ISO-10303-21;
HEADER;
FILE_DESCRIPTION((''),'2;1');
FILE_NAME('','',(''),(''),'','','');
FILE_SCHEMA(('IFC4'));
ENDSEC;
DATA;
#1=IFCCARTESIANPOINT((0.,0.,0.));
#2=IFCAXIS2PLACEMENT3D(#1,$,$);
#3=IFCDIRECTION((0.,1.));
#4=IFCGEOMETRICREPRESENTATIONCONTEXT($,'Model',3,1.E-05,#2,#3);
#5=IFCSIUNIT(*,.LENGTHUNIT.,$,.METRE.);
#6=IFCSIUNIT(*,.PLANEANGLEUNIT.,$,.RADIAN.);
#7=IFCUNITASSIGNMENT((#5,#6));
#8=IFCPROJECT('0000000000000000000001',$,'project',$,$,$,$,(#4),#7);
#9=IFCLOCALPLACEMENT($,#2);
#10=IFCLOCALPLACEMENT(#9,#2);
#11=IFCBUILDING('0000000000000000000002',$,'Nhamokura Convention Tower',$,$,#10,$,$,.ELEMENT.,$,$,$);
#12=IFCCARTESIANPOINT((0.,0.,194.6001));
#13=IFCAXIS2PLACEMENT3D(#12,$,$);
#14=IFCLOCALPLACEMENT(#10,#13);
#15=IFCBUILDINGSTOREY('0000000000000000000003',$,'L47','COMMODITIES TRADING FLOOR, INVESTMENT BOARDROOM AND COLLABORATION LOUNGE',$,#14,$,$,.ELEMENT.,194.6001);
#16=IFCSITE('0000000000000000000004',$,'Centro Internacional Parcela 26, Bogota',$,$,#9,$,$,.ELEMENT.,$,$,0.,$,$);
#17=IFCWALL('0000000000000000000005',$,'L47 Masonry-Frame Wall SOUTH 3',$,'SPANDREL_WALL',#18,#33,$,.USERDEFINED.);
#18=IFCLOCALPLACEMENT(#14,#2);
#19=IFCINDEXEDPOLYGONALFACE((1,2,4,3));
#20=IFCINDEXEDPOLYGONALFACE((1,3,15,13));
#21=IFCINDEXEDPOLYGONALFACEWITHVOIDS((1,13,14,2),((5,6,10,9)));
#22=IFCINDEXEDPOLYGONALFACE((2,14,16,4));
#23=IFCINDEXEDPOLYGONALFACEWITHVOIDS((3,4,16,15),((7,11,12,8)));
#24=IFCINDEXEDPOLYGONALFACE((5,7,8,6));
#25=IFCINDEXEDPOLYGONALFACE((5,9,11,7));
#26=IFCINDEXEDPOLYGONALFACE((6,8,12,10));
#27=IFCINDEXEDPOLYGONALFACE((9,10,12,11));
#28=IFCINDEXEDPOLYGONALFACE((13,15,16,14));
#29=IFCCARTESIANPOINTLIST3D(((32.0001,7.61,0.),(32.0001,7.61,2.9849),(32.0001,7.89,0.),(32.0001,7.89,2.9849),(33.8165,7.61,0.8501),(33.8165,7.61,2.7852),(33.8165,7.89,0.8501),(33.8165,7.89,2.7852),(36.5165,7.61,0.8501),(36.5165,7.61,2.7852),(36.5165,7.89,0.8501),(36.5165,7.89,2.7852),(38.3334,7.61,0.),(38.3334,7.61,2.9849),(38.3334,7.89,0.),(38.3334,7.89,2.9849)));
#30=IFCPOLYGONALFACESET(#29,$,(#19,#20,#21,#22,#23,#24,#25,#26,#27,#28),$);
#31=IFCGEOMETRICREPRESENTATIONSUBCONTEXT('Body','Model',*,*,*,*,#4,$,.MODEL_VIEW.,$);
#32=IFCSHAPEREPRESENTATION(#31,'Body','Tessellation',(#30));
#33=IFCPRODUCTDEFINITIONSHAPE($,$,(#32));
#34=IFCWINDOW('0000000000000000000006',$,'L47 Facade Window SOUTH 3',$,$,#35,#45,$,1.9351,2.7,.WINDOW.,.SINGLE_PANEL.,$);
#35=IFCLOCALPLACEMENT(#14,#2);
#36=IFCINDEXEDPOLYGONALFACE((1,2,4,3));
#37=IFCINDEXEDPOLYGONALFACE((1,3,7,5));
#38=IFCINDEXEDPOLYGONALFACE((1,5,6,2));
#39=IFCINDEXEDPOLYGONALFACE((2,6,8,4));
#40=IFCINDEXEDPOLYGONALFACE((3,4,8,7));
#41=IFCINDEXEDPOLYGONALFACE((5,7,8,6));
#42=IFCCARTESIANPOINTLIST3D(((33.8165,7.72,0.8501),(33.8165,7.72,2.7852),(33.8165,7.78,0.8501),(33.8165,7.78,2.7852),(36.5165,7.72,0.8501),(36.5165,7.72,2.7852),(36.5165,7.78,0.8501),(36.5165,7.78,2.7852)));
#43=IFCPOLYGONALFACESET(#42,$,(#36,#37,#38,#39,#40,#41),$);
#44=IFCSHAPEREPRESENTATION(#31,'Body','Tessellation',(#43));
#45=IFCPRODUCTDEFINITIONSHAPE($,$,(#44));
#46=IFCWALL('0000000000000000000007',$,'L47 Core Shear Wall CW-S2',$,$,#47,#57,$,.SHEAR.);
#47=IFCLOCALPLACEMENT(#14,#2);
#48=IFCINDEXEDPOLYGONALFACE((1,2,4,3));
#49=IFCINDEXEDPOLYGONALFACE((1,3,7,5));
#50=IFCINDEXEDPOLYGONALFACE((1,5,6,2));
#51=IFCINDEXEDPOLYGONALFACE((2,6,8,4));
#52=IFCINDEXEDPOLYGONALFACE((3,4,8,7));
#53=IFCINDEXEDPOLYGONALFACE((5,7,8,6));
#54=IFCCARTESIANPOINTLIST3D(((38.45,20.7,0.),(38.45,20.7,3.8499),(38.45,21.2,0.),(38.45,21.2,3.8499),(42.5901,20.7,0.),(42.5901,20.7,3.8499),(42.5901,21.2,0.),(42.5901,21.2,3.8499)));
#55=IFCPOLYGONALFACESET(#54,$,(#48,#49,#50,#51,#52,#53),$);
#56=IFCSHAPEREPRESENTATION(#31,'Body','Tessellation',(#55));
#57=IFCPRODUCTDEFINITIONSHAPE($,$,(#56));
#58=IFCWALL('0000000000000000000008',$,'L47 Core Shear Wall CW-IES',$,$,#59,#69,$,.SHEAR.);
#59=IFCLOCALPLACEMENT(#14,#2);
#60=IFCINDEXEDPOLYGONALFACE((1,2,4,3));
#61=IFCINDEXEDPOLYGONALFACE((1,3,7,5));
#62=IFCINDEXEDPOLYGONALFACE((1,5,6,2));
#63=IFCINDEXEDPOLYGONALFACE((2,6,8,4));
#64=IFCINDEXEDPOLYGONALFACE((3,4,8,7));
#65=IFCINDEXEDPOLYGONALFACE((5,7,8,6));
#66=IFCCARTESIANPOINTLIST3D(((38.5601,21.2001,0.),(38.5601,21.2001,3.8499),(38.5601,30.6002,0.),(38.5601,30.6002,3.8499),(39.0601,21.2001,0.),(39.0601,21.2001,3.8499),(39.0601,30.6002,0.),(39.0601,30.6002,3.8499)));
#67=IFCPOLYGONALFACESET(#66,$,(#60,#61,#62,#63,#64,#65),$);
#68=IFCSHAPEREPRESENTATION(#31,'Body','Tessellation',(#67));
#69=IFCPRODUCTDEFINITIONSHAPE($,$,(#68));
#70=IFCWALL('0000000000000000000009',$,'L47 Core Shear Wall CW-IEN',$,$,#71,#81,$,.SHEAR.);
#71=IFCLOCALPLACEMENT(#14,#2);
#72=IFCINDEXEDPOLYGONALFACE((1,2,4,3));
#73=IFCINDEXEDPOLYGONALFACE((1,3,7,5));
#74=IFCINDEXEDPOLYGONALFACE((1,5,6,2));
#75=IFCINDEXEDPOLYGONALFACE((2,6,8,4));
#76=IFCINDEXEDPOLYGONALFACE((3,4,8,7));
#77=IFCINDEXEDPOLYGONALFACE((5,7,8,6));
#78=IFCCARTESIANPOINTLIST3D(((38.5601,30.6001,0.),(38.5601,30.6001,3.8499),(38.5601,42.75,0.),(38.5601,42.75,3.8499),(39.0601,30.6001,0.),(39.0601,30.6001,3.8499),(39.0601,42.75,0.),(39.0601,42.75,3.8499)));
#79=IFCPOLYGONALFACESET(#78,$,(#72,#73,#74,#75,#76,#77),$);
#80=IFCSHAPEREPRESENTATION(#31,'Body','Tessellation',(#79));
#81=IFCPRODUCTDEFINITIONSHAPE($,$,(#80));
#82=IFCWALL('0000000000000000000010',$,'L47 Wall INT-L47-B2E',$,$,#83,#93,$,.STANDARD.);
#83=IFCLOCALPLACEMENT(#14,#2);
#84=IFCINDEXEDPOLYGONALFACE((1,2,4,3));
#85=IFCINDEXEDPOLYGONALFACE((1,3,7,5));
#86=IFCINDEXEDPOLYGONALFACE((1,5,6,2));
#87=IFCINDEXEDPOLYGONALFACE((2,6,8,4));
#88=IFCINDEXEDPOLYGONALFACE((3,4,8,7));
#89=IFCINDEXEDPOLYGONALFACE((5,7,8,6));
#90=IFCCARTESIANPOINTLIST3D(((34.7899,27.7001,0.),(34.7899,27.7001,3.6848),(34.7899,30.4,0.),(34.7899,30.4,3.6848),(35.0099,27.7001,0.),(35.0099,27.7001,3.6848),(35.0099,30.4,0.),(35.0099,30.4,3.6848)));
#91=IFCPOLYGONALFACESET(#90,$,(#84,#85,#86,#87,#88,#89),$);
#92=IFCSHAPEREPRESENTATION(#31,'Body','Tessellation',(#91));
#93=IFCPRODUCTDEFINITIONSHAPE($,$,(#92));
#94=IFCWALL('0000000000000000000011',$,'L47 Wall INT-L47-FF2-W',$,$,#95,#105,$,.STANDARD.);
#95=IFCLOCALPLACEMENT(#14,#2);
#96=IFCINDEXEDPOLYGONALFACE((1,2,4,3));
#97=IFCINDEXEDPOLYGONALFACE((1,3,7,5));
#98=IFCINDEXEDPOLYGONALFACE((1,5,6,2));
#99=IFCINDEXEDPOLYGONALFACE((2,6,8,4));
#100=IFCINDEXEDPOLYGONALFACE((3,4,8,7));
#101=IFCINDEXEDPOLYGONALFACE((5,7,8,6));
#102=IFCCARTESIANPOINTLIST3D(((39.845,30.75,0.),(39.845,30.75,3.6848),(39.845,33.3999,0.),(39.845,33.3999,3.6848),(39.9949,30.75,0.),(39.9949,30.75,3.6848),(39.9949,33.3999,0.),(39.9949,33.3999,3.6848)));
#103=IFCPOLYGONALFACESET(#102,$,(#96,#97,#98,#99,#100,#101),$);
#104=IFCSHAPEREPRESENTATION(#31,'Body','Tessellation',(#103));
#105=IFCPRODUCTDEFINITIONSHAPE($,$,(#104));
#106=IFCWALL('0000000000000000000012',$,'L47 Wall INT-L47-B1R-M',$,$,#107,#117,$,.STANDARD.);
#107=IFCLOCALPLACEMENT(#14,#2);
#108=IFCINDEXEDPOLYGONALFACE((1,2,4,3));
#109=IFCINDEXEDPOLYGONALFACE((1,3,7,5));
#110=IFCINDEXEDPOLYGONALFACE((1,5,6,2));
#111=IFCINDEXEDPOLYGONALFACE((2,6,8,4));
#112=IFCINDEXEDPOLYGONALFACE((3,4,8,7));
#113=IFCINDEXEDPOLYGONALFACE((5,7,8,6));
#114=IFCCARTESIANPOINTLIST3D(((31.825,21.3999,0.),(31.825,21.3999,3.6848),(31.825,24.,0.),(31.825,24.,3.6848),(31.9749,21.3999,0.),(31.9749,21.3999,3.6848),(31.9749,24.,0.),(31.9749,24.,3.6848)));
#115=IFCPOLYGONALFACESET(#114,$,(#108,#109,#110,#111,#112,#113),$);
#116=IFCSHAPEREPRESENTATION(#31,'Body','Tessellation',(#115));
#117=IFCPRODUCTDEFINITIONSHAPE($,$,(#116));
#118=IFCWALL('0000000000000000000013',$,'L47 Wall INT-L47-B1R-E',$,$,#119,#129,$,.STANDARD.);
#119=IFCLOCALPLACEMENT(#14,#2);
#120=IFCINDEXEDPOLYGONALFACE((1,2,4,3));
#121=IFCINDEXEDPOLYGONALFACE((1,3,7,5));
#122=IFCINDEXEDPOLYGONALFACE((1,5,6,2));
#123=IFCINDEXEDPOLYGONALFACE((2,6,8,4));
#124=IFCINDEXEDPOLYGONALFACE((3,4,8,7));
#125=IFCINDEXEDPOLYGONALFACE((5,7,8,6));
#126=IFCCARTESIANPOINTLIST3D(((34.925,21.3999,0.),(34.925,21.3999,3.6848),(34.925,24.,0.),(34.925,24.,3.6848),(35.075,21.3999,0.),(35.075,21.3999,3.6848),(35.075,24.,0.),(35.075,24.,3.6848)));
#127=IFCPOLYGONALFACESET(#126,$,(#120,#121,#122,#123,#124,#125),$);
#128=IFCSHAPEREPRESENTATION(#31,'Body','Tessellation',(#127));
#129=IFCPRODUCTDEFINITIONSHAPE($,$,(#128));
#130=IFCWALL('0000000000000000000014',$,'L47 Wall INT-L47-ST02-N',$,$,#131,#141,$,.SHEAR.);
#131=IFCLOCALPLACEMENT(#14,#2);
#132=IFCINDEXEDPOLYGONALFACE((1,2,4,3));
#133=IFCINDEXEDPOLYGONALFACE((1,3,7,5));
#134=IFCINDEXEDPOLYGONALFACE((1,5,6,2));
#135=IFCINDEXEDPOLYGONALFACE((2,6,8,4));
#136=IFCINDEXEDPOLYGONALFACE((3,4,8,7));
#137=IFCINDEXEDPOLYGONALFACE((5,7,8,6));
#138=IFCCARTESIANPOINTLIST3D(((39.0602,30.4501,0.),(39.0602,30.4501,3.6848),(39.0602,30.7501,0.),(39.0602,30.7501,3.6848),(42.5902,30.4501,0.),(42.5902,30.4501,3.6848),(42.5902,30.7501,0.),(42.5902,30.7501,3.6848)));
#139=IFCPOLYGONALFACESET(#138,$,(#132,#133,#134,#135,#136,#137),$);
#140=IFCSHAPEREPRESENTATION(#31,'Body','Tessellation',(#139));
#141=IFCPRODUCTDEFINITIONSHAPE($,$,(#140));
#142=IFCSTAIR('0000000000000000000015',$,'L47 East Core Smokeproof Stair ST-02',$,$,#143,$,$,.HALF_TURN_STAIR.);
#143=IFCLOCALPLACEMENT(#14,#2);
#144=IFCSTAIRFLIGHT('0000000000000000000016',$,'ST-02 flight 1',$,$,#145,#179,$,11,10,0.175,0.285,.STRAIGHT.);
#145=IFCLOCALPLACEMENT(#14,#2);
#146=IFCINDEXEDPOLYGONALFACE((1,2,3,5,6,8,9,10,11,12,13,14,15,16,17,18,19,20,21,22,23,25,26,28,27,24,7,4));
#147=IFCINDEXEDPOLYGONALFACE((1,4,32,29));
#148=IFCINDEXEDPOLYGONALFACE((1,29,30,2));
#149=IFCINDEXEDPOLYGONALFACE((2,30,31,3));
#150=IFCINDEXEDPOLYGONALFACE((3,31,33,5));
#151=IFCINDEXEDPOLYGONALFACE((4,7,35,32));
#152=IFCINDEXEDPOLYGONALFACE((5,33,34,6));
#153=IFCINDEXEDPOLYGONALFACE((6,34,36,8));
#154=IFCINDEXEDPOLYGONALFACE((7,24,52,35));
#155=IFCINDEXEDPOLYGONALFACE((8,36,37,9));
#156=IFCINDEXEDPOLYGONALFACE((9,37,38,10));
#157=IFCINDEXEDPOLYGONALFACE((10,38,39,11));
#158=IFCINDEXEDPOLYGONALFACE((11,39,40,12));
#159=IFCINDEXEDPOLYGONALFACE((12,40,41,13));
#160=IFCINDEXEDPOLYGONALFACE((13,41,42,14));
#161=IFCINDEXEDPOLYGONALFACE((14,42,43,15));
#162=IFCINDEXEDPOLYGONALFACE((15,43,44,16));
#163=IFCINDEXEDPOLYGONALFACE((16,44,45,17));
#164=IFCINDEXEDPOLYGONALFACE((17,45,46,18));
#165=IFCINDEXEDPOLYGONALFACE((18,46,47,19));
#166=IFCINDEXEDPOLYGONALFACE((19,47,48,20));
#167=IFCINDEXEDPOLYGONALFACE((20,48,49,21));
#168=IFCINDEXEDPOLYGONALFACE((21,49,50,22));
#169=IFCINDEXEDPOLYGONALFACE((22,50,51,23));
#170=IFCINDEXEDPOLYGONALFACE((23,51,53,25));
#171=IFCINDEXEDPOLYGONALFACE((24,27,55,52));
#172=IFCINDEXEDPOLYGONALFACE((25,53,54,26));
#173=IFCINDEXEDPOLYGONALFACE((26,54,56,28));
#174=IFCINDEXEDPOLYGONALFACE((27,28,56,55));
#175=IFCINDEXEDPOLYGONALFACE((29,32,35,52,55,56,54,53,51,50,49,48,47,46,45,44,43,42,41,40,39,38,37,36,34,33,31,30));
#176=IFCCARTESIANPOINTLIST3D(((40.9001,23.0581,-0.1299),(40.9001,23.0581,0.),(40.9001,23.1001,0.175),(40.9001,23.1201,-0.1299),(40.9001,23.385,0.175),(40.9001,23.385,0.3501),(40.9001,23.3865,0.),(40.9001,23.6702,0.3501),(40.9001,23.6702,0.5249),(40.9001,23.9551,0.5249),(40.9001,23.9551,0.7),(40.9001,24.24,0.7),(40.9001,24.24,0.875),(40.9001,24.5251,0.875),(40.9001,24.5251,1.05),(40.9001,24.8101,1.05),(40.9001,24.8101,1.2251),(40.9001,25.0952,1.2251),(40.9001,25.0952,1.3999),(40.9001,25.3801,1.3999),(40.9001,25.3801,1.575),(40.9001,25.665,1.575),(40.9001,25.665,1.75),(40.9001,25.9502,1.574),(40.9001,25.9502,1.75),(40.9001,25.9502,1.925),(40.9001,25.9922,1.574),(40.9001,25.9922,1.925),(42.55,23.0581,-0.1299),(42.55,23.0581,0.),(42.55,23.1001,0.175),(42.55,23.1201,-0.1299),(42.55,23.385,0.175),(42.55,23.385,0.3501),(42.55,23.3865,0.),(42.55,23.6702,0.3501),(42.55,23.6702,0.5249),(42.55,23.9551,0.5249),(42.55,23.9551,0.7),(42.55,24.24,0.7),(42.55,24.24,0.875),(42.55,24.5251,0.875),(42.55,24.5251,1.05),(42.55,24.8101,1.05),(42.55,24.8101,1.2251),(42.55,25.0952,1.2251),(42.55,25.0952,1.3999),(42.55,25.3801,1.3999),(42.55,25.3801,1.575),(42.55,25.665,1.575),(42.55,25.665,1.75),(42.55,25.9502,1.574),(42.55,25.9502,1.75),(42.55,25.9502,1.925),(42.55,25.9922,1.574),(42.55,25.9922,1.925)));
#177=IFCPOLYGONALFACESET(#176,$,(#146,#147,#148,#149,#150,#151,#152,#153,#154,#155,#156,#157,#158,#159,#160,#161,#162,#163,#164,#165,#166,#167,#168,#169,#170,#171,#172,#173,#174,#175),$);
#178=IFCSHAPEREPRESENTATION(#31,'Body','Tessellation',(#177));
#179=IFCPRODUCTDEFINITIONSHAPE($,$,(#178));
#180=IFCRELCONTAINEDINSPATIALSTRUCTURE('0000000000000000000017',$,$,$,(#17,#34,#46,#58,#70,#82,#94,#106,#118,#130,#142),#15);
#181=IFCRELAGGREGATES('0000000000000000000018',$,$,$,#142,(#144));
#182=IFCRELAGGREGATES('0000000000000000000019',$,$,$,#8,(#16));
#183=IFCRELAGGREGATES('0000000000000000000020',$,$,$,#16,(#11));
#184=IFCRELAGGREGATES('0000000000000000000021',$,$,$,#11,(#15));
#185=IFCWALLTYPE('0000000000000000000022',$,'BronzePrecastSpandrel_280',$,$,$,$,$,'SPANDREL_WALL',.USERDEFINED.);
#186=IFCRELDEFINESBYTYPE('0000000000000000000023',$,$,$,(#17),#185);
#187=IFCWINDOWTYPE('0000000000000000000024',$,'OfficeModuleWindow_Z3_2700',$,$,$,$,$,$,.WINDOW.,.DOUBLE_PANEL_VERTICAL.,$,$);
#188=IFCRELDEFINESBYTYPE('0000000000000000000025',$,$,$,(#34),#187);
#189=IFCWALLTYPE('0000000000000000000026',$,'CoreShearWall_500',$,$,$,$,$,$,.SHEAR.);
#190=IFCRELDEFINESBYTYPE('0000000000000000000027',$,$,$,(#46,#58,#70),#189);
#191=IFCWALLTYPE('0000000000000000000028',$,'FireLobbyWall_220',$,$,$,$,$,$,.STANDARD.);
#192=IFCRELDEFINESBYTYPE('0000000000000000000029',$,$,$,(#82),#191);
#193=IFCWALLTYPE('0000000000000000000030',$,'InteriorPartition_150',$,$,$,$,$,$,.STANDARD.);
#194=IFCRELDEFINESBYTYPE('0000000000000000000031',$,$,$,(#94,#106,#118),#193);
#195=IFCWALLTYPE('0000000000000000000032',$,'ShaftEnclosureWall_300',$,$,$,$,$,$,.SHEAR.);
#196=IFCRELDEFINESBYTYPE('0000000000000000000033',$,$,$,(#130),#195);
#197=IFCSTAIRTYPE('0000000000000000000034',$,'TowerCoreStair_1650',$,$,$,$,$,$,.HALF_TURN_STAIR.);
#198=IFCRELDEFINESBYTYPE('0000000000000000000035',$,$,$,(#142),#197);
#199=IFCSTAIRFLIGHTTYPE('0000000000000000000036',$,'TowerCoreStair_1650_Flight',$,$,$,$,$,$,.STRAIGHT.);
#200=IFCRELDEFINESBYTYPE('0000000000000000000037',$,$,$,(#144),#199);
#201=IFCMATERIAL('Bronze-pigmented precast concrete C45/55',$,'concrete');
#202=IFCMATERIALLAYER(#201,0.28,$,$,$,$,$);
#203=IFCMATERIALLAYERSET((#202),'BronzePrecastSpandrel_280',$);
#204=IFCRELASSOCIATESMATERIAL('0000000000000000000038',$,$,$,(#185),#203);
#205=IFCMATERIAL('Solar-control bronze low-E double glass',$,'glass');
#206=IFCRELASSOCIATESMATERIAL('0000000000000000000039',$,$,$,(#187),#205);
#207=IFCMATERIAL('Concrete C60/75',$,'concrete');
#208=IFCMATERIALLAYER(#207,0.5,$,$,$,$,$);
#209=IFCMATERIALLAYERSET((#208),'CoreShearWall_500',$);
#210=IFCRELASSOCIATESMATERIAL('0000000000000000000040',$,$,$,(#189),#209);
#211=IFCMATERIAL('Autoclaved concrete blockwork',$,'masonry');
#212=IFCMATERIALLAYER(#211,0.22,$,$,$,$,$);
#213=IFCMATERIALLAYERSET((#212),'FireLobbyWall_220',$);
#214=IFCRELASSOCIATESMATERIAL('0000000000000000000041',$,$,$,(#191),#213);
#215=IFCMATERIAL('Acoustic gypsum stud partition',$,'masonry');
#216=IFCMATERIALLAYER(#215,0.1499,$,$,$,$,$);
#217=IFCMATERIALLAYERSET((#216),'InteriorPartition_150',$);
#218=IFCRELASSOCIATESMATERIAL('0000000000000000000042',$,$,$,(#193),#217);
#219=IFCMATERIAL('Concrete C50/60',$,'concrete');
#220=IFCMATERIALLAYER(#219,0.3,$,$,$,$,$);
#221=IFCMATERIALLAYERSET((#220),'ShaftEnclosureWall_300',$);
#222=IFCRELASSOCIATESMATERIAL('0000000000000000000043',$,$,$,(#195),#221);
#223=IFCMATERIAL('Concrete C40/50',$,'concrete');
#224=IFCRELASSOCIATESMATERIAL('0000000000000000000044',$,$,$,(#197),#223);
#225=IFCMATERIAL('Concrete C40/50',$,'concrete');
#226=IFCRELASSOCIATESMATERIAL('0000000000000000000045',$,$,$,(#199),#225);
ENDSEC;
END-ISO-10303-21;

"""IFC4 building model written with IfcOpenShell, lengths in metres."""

from ifc_helpers import new_model, si_unit, direction, frame, frame_2d, origin, place, context, subcontext, project, spatial, polyline, rectangle, outline, extrude, material, layer, layer_set, type_object, element, fill, aggregate, save


model = new_model("IFC4")

# Units and contexts
model_context = context("Model", 3, precision=1e-05, world=origin(), true_north=direction((0.0, 1.0)))
body_context = subcontext(model_context, "Body", "Model", "MODEL_VIEW")
ifc_project = project(units=[si_unit("LENGTHUNIT", "METRE"), si_unit("PLANEANGLEUNIT", "RADIAN")], contexts=[model_context])

# Site, building, storey
site_placement = place(None, origin())
site = spatial("IfcSite", under=ifc_project, at=site_placement, Name="Centro Internacional Parcela 26, Bogota", CompositionType="ELEMENT", RefElevation=0.0)
building_placement = place(site_placement, origin())
building = spatial("IfcBuilding", under=site, at=building_placement, Name="Nhamokura Convention Tower", CompositionType="ELEMENT")
storey_placement = place(building_placement, frame((0.0, 0.0, 194.6001)))
storey = spatial("IfcBuildingStorey", under=building, at=storey_placement, Name="L47", Description="COMMODITIES TRADING FLOOR, INVESTMENT BOARDROOM AND COLLABORATION LOUNGE", CompositionType="ELEMENT", Elevation=194.6001)

# Wall, opening, window
ifc_material_1 = material(Name="Bronze-pigmented precast concrete C45/55", Category="concrete")
ifc_layer_1 = layer(ifc_material_1, 0.28)
ifc_layer_set_1 = layer_set([ifc_layer_1], Name="BronzePrecastSpandrel_280")
wall_type_1 = type_object("IfcWallType", Name="BronzePrecastSpandrel_280", ElementType="SPANDREL_WALL", PredefinedType="USERDEFINED", material=ifc_layer_set_1)
ifc_material_2 = material(Name="Solar-control bronze low-E double glass", Category="glass")
window_type = type_object("IfcWindowType", Name="OfficeModuleWindow_Z3_2700", PartitioningType="DOUBLE_PANEL_VERTICAL", PredefinedType="WINDOW", material=ifc_material_2)
wall_1_placement = place(storey_placement, frame((38.3333, 7.75, 0.0), z_axis=(0.0, 0.0, 1.0), x_axis=(-1.0, 0.0, 0.0)))
wall_1 = element("IfcWall", 1, at=wall_1_placement, inside=storey, type_object=wall_type_1, Name="L47 Masonry-Frame Wall SOUTH 3", ObjectType="SPANDREL_WALL", PredefinedType="USERDEFINED", context=body_context, shape_type="SweptSolid", body=[
    extrude(rectangle(XDim=6.3333, YDim=0.28, at=frame_2d((3.1665, 0.0))), origin(), (0.0, 0.0, 1.0), 2.9849),
])
opening_1_placement = place(wall_1_placement, frame((1.8167, 0.0, 0.8501)))
opening_1 = element("IfcOpeningElement", 2, at=opening_1_placement, cuts=wall_1, PredefinedType="OPENING", context=body_context, shape_type="SweptSolid", body=[
    extrude(rectangle(XDim=2.7, YDim=1.9351, at=frame_2d((1.3501, 0.9675))), frame((0.0, 0.1499, 0.0), z_axis=(0.0, -1.0, 0.0), x_axis=(1.0, 0.0, 0.0)), (0.0, 0.0, 1.0), 0.3),
])
window_1_placement = place(opening_1_placement, origin())
window_1 = element("IfcWindow", 3, at=window_1_placement, inside=storey, type_object=window_type, Name="L47 Facade Window SOUTH 3", OverallHeight=1.9351, OverallWidth=2.7, PartitioningType="SINGLE_PANEL", PredefinedType="WINDOW", context=body_context, shape_type="SweptSolid", body=[
    extrude(rectangle(XDim=2.7, YDim=1.9351, at=frame_2d((1.3501, 0.9675))), frame((0.0, 0.03, 0.0), z_axis=(0.0, -1.0, 0.0), x_axis=(1.0, 0.0, 0.0)), (0.0, 0.0, 1.0), 0.0601),
])
fill(opening_1, window_1)

# Walls
ifc_material_3 = material(Name="Concrete C60/75", Category="concrete")
ifc_layer_2 = layer(ifc_material_3, 0.5)
ifc_layer_set_2 = layer_set([ifc_layer_2], Name="CoreShearWall_500")
wall_type_2 = type_object("IfcWallType", Name="CoreShearWall_500", PredefinedType="SHEAR", material=ifc_layer_set_2)
wall_2_placement = place(storey_placement, frame((38.45, 20.95, 0.0), z_axis=(0.0, 0.0, 1.0), x_axis=(1.0, 0.0, 0.0)))
element("IfcWall", 4, at=wall_2_placement, inside=storey, type_object=wall_type_2, Name="L47 Core Shear Wall CW-S2", PredefinedType="SHEAR", context=body_context, shape_type="SweptSolid", body=[
    extrude(rectangle(XDim=4.1401, YDim=0.5, at=frame_2d((2.0701, 0.0))), origin(), (0.0, 0.0, 1.0), 3.8499),
])
wall_3_placement = place(storey_placement, frame((38.8101, 21.2, 0.0), z_axis=(0.0, 0.0, 1.0), x_axis=(0.0, 1.0, 0.0)))
element("IfcWall", 5, at=wall_3_placement, inside=storey, type_object=wall_type_2, Name="L47 Core Shear Wall CW-IES", PredefinedType="SHEAR", context=body_context, shape_type="SweptSolid", body=[
    extrude(rectangle(XDim=9.4001, YDim=0.5, at=frame_2d((4.7002, 0.0))), origin(), (0.0, 0.0, 1.0), 3.8499),
])
wall_4_placement = place(storey_placement, frame((38.8101, 30.6001, 0.0), z_axis=(0.0, 0.0, 1.0), x_axis=(0.0, 1.0, 0.0)))
element("IfcWall", 6, at=wall_4_placement, inside=storey, type_object=wall_type_2, Name="L47 Core Shear Wall CW-IEN", PredefinedType="SHEAR", context=body_context, shape_type="SweptSolid", body=[
    extrude(rectangle(XDim=12.1499, YDim=0.5, at=frame_2d((6.075, 0.0))), origin(), (0.0, 0.0, 1.0), 3.8499),
])

# Shared definitions
ifc_material_4 = material(Name="Autoclaved concrete blockwork", Category="masonry")
ifc_layer_3 = layer(ifc_material_4, 0.22)
ifc_layer_set_3 = layer_set([ifc_layer_3], Name="FireLobbyWall_220")
wall_type_3 = type_object("IfcWallType", Name="FireLobbyWall_220", PredefinedType="STANDARD", material=ifc_layer_set_3)

# Walls
wall_5_placement = place(storey_placement, frame((34.8999, 27.7, 0.0), z_axis=(0.0, 0.0, 1.0), x_axis=(0.0, 1.0, 0.0)))
element("IfcWall", 7, at=wall_5_placement, inside=storey, type_object=wall_type_3, Name="L47 Wall INT-L47-B2E", PredefinedType="STANDARD", context=body_context, shape_type="SweptSolid", body=[
    extrude(rectangle(XDim=2.7, YDim=0.22, at=frame_2d((1.3501, 0.0))), origin(), (0.0, 0.0, 1.0), 3.6848),
])
ifc_material_5 = material(Name="Acoustic gypsum stud partition", Category="masonry")
ifc_layer_4 = layer(ifc_material_5, 0.1499)
ifc_layer_set_4 = layer_set([ifc_layer_4], Name="InteriorPartition_150")
wall_type_4 = type_object("IfcWallType", Name="InteriorPartition_150", PredefinedType="STANDARD", material=ifc_layer_set_4)
wall_6_placement = place(storey_placement, frame((39.9199, 30.75, 0.0), z_axis=(0.0, 0.0, 1.0), x_axis=(0.0, 1.0, 0.0)))
element("IfcWall", 8, at=wall_6_placement, inside=storey, type_object=wall_type_4, Name="L47 Wall INT-L47-FF2-W", PredefinedType="STANDARD", context=body_context, shape_type="SweptSolid", body=[
    extrude(rectangle(XDim=2.6499, YDim=0.1499, at=frame_2d((1.325, 0.0))), origin(), (0.0, 0.0, 1.0), 3.6848),
])
for number, where, z_axis, x_axis, name in (
    (9, (31.8999, 21.3999, 0.0), (0.0, 0.0, 1.0), (0.0, 1.0, 0.0), "L47 Wall INT-L47-B1R-M"),
    (10, (35.0, 21.3999, 0.0), (0.0, 0.0, 1.0), (0.0, 1.0, 0.0), "L47 Wall INT-L47-B1R-E"),
):
    element("IfcWall", number, at=place(storey_placement, frame(where, z_axis=z_axis, x_axis=x_axis)), inside=storey, type_object=wall_type_4, Name=name, PredefinedType="STANDARD", context=body_context, shape_type="SweptSolid", body=[
        extrude(rectangle(XDim=2.6001, YDim=0.1499, at=frame_2d((1.3, 0.0))), origin(), (0.0, 0.0, 1.0), 3.6848),
    ])
ifc_material_6 = material(Name="Concrete C50/60", Category="concrete")
ifc_layer_5 = layer(ifc_material_6, 0.3)
ifc_layer_set_5 = layer_set([ifc_layer_5], Name="ShaftEnclosureWall_300")
wall_type_5 = type_object("IfcWallType", Name="ShaftEnclosureWall_300", PredefinedType="SHEAR", material=ifc_layer_set_5)
wall_7_placement = place(storey_placement, frame((39.0601, 30.6001, 0.0), z_axis=(0.0, 0.0, 1.0), x_axis=(1.0, 0.0, 0.0)))
element("IfcWall", 11, at=wall_7_placement, inside=storey, type_object=wall_type_5, Name="L47 Wall INT-L47-ST02-N", PredefinedType="SHEAR", context=body_context, shape_type="SweptSolid", body=[
    extrude(rectangle(XDim=3.53, YDim=0.3, at=frame_2d((1.7651, 0.0))), origin(), (0.0, 0.0, 1.0), 3.6848),
])

# Stair, stair flight
ifc_material_7 = material(Name="Concrete C40/50", Category="concrete")
stair_type = type_object("IfcStairType", Name="TowerCoreStair_1650", PredefinedType="HALF_TURN_STAIR", material=ifc_material_7)
stair_placement = place(storey_placement, origin())
stair = element("IfcStair", 12, at=stair_placement, inside=storey, type_object=stair_type, Name="L47 East Core Smokeproof Stair ST-02", PredefinedType="HALF_TURN_STAIR")
ifc_material_8 = material(Name="Concrete C40/50", Category="concrete")
stair_flight_type = type_object("IfcStairFlightType", Name="TowerCoreStair_1650_Flight", PredefinedType="STRAIGHT", material=ifc_material_8)
stair_flight_1_placement = place(storey_placement, frame((41.7251, 23.1001, 0.0), z_axis=(0.0, 0.0, 1.0), x_axis=(0.0, 1.0, 0.0)))
stair_flight_1 = element("IfcStairFlight", 13, at=stair_flight_1_placement, type_object=stair_flight_type, Name="ST-02 flight 1", NumberOfRisers=11, NumberOfTreads=10, PredefinedType="STRAIGHT", RiserHeight=0.175, TreadLength=0.285, context=body_context, shape_type="SweptSolid", body=[
    extrude(outline(polyline([(-0.042, 0.0), (0.0, 0.175), (0.2849, 0.175), (0.2849, 0.3501), (0.5701, 0.3501), (0.5701, 0.5249), (0.855, 0.5249), (0.855, 0.7), (1.1399, 0.7), (1.1399, 0.875), (1.425, 0.875), (1.425, 1.05), (1.71, 1.05), (1.71, 1.2251), (1.9951, 1.2251), (1.9951, 1.3999), (2.28, 1.3999), (2.28, 1.575), (2.5649, 1.575), (2.5649, 1.75), (2.8501, 1.75), (2.8501, 1.925), (2.8921, 1.925), (2.8921, 1.574), (2.8501, 1.574), (0.2864, 0.0), (0.02, -0.1299), (-0.042, -0.1299), (-0.042, 0.0)])), frame((0.0, 0.825, 0.0), z_axis=(0.0, -1.0, 0.0), x_axis=(1.0, 0.0, 0.0)), (0.0, 0.0, 1.0), 1.6499),
])
aggregate(stair, [stair_flight_1])

save(model, "model.ifc")
